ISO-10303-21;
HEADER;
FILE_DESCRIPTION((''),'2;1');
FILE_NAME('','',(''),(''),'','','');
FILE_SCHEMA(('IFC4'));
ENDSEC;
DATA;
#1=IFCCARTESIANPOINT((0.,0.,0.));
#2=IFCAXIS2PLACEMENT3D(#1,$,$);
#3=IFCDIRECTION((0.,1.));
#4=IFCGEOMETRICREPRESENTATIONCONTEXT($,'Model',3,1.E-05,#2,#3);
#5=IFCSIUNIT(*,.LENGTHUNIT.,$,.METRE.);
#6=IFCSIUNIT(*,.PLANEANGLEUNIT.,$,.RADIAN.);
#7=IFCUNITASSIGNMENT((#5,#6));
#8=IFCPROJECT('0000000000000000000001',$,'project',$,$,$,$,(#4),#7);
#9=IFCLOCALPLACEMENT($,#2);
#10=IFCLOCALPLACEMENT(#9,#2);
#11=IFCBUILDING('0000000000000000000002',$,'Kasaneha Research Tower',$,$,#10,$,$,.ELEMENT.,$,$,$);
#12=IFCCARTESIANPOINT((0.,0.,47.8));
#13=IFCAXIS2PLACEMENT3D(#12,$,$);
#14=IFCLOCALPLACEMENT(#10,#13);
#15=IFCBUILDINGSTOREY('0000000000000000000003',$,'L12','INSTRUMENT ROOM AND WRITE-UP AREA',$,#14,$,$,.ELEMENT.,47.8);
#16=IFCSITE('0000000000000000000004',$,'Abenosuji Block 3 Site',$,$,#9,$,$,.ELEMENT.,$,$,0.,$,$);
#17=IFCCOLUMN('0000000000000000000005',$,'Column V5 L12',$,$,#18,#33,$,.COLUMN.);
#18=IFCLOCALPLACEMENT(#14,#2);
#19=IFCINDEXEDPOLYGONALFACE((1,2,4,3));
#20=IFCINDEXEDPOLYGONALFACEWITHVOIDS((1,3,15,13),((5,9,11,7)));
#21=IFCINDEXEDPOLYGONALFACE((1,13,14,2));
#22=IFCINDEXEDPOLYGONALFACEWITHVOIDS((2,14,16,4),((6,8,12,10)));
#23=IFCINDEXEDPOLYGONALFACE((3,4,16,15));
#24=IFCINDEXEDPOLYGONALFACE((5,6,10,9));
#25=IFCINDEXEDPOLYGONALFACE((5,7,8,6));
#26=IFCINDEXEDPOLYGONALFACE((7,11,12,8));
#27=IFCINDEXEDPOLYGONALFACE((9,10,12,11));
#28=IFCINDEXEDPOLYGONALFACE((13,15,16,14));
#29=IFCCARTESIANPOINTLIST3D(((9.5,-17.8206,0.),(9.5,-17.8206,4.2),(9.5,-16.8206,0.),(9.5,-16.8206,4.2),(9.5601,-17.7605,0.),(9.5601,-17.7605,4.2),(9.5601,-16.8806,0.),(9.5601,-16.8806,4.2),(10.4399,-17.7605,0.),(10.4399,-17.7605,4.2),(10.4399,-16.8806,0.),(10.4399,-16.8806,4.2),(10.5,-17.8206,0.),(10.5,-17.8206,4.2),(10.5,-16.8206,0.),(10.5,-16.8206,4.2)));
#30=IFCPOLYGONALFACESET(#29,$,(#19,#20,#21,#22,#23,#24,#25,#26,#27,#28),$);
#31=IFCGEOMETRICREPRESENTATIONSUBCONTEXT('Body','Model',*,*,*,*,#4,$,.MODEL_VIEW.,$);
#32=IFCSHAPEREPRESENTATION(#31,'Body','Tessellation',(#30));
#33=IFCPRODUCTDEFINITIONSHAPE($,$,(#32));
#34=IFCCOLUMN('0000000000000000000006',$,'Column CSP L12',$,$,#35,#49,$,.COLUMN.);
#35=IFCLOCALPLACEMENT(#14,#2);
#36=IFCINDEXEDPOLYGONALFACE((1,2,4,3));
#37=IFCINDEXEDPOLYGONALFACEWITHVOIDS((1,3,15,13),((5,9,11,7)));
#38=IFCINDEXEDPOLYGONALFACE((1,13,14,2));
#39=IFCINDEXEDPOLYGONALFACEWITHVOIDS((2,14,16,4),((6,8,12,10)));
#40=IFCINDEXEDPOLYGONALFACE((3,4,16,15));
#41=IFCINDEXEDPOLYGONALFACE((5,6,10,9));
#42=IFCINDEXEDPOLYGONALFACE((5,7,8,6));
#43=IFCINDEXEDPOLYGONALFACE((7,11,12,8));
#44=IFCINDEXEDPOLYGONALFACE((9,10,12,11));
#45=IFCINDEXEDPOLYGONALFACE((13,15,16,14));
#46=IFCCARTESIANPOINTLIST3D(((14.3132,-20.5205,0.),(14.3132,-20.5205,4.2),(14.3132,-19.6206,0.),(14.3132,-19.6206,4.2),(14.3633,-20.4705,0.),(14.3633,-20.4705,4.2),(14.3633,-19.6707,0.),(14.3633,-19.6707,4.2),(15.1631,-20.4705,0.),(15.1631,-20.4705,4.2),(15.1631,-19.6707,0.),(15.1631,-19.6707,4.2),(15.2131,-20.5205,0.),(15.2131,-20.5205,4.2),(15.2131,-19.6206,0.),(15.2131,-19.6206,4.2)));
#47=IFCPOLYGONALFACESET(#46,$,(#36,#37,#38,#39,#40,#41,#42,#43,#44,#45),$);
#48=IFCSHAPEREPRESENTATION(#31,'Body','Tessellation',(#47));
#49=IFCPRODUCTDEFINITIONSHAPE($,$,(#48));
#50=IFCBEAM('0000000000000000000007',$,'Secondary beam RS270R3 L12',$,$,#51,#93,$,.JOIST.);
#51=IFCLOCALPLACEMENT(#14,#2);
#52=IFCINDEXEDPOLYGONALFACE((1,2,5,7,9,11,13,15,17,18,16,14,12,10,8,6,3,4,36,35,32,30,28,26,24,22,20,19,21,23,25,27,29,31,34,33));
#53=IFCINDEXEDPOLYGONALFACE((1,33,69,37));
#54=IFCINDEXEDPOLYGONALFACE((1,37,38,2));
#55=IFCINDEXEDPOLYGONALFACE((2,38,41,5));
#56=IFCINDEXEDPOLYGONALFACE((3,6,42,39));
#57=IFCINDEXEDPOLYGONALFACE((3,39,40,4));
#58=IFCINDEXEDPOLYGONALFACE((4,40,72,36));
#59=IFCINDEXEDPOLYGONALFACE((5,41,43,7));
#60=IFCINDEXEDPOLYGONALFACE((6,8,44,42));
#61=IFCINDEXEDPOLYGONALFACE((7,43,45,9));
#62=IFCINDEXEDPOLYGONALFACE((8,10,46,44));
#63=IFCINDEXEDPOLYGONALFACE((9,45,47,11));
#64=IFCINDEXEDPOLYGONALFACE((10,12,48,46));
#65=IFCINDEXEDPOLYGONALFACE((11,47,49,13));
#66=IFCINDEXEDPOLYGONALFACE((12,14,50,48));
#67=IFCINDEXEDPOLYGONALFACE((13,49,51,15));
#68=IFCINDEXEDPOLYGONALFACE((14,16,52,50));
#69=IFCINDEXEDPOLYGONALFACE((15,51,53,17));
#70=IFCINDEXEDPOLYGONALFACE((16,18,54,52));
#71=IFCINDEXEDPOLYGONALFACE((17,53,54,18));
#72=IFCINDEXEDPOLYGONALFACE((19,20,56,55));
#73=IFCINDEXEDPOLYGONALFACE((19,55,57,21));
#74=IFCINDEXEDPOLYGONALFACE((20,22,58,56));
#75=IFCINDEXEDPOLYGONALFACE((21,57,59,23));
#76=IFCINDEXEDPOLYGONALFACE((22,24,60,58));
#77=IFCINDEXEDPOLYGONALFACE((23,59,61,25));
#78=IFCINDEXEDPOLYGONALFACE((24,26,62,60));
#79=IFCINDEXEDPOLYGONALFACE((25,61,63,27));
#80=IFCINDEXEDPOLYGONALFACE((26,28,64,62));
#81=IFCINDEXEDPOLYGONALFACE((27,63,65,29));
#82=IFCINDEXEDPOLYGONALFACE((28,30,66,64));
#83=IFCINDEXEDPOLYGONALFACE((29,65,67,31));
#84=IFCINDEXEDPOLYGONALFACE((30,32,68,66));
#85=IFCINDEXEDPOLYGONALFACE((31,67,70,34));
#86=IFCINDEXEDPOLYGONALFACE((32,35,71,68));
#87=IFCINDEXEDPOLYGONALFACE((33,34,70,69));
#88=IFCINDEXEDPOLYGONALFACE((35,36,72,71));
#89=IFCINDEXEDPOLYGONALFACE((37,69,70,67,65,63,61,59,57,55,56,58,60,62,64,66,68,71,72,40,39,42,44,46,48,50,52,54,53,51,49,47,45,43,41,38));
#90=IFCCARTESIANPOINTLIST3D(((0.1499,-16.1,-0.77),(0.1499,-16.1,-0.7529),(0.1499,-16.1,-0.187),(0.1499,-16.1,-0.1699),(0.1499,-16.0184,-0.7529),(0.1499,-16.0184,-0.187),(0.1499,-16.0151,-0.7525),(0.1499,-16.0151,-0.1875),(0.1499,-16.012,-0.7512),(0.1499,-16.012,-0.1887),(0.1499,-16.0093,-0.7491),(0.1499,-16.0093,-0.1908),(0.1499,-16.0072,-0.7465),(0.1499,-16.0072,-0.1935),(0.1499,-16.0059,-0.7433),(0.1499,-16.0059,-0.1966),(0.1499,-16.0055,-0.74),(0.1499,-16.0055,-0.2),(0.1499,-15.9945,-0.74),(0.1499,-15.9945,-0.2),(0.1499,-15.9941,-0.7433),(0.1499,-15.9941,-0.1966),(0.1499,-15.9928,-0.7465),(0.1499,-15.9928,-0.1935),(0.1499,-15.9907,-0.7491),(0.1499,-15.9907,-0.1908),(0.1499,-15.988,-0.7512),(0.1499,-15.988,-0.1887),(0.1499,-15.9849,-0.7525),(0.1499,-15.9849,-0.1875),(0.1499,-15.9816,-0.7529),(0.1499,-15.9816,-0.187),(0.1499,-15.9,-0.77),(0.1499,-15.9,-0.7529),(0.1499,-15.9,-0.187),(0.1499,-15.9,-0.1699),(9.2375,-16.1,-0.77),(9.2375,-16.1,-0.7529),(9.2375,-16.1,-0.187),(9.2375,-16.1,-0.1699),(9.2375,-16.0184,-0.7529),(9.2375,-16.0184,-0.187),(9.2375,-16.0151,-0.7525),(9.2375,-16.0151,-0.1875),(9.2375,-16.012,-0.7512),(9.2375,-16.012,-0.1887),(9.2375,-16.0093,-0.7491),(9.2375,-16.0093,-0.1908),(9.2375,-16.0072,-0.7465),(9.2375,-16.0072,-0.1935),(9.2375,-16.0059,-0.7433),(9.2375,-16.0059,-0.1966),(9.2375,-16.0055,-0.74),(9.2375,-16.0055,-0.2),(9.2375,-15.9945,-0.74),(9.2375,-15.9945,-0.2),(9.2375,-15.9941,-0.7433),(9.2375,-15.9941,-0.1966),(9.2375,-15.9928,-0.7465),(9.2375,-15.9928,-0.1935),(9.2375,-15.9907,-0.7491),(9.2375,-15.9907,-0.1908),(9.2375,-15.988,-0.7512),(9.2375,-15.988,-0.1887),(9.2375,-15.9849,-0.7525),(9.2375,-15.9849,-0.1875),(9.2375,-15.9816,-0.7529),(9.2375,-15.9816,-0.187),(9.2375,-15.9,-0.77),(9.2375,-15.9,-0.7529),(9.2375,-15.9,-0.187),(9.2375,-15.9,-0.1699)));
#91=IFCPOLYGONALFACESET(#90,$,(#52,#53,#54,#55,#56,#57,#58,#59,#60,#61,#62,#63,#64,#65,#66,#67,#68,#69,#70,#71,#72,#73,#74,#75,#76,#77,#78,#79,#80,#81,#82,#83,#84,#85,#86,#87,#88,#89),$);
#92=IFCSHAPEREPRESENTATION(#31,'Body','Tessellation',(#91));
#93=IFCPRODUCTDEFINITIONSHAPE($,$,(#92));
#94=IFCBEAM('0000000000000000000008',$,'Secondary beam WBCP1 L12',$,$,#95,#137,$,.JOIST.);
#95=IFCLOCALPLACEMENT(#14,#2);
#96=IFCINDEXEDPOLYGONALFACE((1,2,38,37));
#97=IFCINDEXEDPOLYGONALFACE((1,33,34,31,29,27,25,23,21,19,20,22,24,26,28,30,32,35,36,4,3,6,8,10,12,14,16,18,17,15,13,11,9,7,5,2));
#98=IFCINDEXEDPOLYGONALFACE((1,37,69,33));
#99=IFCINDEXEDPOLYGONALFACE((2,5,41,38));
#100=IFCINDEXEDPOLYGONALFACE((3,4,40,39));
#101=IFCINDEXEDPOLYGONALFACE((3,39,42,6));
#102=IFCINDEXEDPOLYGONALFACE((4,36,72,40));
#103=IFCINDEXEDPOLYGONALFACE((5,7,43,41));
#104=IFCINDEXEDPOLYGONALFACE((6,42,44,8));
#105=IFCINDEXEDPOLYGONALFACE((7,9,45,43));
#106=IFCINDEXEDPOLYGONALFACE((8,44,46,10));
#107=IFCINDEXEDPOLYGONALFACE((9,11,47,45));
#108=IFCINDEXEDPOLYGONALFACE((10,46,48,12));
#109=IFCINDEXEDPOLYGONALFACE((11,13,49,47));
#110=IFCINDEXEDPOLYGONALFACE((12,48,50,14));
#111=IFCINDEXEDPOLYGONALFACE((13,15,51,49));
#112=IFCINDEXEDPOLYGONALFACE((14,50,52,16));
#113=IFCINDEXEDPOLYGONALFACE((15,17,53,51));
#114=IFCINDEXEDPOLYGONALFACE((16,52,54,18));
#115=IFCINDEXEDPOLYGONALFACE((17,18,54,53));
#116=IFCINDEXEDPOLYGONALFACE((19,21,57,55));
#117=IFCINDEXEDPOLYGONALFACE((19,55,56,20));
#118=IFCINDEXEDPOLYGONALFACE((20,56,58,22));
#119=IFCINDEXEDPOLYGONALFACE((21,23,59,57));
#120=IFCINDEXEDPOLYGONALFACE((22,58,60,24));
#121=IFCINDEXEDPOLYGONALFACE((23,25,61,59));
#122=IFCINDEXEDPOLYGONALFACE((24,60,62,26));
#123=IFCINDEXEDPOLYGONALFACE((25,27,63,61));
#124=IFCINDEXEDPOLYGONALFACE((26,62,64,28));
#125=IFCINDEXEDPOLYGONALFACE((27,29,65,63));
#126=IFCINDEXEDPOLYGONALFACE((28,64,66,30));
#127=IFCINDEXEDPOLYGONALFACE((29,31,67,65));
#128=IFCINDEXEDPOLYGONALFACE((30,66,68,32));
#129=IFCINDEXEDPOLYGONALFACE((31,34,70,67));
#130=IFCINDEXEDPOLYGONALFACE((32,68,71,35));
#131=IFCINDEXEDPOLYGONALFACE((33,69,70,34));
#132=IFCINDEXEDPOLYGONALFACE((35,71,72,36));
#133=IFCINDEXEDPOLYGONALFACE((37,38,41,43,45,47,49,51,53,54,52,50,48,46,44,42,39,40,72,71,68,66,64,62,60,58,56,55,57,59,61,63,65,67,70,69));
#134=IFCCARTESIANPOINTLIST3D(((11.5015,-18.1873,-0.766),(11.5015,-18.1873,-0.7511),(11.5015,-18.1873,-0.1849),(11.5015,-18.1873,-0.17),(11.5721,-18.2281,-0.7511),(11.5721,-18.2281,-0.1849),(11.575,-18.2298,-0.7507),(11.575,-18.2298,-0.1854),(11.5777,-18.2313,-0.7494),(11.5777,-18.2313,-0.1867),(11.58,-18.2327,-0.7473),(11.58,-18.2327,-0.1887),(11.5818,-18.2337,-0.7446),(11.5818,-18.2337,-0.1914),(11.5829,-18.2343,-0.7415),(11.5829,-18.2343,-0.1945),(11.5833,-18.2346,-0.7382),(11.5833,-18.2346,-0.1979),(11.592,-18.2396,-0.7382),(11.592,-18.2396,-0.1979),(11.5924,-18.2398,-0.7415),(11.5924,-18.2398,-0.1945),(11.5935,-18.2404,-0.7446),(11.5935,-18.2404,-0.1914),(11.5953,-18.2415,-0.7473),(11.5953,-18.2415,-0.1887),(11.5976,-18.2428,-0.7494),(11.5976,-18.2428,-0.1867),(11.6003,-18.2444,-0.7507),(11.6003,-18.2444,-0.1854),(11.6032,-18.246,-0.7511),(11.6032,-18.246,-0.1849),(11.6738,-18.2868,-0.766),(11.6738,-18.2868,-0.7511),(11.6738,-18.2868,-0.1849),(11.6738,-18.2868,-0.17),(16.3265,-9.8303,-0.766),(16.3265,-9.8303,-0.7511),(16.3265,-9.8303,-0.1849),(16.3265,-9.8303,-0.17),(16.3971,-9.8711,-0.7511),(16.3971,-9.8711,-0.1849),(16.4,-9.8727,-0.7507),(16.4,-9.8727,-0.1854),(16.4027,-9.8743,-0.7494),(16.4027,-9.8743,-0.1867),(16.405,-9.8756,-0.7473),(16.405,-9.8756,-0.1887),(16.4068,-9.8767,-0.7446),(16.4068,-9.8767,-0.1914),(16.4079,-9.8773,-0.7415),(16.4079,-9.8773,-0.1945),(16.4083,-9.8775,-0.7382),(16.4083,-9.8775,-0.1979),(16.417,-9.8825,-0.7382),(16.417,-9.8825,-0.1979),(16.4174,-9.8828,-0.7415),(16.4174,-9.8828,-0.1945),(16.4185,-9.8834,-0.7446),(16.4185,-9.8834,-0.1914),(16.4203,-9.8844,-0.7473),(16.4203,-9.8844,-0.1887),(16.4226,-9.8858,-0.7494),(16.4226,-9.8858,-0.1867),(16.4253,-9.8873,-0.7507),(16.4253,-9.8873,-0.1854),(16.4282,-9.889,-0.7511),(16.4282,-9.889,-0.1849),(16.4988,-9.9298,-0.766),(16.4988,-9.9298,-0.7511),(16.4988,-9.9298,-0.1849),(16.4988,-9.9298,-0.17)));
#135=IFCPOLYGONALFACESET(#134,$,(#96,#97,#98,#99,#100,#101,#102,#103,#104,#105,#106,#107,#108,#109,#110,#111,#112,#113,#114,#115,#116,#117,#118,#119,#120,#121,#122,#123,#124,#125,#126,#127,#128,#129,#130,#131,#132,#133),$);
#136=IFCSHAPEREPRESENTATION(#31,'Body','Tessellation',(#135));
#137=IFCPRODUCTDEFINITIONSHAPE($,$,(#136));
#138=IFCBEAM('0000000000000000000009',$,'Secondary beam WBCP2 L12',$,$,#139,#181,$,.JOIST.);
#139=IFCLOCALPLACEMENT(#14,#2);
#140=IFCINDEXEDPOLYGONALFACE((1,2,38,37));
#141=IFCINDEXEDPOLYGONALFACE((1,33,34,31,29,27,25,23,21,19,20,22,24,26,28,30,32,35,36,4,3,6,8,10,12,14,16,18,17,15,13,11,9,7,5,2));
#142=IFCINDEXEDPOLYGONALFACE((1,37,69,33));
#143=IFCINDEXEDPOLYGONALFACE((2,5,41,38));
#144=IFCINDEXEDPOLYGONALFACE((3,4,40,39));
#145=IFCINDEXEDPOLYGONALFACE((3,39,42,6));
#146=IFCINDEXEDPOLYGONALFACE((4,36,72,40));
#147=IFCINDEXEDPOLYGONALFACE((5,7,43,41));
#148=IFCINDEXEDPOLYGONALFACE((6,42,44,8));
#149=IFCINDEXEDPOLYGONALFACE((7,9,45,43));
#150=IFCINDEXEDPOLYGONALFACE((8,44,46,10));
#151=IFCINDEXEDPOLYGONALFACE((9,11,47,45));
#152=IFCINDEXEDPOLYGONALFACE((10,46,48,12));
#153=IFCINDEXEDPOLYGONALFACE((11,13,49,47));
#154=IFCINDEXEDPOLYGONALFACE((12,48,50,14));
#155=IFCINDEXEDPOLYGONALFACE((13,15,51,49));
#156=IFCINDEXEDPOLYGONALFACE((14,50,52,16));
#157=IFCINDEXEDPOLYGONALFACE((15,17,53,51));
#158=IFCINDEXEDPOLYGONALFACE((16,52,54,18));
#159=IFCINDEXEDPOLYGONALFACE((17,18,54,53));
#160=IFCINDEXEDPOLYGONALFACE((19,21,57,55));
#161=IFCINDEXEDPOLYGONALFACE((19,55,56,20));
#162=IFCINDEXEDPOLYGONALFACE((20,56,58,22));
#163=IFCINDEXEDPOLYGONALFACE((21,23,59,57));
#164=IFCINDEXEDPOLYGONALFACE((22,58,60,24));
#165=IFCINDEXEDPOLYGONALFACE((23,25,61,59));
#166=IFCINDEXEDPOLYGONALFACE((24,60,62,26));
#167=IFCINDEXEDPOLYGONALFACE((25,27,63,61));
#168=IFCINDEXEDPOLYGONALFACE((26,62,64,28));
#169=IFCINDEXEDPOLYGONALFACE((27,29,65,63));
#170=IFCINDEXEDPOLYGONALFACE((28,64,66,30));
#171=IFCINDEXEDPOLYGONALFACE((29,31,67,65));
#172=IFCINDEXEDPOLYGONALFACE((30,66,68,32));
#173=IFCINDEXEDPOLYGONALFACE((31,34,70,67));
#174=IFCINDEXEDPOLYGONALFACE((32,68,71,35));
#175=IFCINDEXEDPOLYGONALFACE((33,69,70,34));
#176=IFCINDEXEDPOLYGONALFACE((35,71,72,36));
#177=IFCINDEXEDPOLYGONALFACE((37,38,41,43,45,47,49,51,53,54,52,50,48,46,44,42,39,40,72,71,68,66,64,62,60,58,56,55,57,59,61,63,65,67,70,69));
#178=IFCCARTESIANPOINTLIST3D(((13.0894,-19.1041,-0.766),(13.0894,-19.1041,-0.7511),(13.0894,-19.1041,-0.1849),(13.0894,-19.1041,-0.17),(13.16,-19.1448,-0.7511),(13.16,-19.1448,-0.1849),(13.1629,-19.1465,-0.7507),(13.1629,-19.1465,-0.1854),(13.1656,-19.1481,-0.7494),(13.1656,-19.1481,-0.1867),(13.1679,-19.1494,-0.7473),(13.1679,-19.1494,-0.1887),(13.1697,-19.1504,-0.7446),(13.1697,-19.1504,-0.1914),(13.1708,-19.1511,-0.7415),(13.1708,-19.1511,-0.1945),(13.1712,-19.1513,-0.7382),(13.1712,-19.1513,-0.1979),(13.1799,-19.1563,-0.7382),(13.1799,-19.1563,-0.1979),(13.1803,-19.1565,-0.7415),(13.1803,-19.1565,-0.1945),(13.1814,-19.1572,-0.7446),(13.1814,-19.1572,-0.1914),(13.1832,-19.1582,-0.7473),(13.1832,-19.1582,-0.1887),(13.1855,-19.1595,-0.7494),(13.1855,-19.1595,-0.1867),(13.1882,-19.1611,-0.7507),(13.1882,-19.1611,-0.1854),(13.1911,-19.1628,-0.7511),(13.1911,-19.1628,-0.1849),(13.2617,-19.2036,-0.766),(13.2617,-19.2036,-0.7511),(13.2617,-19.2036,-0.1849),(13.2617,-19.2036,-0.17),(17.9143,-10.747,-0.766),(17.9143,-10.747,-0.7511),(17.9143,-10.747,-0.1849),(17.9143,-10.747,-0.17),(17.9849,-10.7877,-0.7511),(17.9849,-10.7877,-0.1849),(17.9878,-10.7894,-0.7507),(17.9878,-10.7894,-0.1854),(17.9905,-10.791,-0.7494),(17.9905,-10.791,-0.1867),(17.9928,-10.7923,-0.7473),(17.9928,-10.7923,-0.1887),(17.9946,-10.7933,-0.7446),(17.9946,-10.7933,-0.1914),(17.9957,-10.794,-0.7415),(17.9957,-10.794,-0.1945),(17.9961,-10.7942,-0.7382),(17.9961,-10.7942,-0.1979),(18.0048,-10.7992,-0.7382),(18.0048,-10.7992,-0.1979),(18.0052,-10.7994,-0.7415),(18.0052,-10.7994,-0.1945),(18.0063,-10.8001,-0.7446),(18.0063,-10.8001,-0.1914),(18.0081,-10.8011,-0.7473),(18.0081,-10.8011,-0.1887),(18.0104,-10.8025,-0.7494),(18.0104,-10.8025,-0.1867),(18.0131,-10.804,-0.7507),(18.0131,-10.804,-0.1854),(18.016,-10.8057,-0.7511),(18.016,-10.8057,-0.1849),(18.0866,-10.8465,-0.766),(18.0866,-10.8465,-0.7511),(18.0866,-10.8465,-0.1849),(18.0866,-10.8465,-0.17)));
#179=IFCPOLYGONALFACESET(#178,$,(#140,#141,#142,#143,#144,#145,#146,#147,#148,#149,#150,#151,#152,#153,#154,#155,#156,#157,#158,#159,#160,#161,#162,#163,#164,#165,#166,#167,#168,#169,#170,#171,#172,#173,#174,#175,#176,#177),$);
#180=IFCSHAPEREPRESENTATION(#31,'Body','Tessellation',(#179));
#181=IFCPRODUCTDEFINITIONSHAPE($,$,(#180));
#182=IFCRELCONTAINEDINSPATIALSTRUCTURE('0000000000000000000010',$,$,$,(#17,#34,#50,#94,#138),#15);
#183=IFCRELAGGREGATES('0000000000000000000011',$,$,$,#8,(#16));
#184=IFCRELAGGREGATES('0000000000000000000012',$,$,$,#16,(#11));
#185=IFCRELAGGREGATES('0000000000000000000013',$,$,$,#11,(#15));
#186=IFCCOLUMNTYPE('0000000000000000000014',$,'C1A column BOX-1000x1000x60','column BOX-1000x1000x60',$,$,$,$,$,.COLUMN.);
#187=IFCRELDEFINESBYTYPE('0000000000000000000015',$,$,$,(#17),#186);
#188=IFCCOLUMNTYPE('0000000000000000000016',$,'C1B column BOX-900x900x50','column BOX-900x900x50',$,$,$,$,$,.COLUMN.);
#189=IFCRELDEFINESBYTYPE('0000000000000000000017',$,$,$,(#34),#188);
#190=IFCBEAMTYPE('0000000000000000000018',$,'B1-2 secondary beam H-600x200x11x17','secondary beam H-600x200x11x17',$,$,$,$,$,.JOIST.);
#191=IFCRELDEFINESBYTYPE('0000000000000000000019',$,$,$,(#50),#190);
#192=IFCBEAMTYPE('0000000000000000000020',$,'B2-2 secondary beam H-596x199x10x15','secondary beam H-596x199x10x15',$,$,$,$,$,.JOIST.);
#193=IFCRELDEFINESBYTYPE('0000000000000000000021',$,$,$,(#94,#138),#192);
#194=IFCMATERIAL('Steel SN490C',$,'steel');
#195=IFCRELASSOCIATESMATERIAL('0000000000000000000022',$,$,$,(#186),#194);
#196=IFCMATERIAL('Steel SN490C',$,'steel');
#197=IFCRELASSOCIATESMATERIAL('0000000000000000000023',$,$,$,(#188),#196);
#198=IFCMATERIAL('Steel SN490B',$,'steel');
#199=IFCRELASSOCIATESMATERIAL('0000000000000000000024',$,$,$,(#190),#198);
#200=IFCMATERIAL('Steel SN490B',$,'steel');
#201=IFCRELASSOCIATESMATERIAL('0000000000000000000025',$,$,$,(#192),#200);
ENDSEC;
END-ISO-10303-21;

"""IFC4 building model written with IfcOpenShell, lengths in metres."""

from ifc_helpers import new_model, si_unit, direction, frame, origin, origin_2d, place, context, subcontext, project, spatial, hollow_rectangle, i_section, extrude, material, material_profile, profile_set, type_object, element, save


model = new_model("IFC4")

# Units and contexts
model_context = context("Model", 3, precision=1e-05, world=origin(), true_north=direction((0.0, 1.0)))
body_context = subcontext(model_context, "Body", "Model", "MODEL_VIEW")
ifc_project = project(units=[si_unit("LENGTHUNIT", "METRE"), si_unit("PLANEANGLEUNIT", "RADIAN")], contexts=[model_context])

# Site, building, storey
site_placement = place(None, origin())
site = spatial("IfcSite", under=ifc_project, at=site_placement, Name="Abenosuji Block 3 Site", CompositionType="ELEMENT", RefElevation=0.0)
building_placement = place(site_placement, origin())
building = spatial("IfcBuilding", under=site, at=building_placement, Name="Kasaneha Research Tower", CompositionType="ELEMENT")
storey_placement = place(building_placement, frame((0.0, 0.0, 47.8)))
storey = spatial("IfcBuildingStorey", under=building, at=storey_placement, Name="L12", Description="INSTRUMENT ROOM AND WRITE-UP AREA", CompositionType="ELEMENT", Elevation=47.8)

# Columns
ifc_material_1 = material(Name="Steel SN490C", Category="steel")
ifc_material_profile_1 = material_profile(ifc_material_1, hollow_rectangle(XDim=1.0, YDim=1.0, WallThickness=0.0601, at=origin_2d()), Name="BOX-1000x1000x60")
ifc_profile_set_1 = profile_set([ifc_material_profile_1], Name="Steel SN490C")
column_type_1 = type_object("IfcColumnType", Name="C1A column BOX-1000x1000x60", Description="column BOX-1000x1000x60", PredefinedType="COLUMN", material=ifc_profile_set_1)
column_1_placement = place(storey_placement, frame((10.0, -17.3206, 0.0), z_axis=(0.0, 0.0, 1.0), x_axis=(1.0, 0.0, 0.0)))
element("IfcColumn", 1, at=column_1_placement, inside=storey, type_object=column_type_1, Name="Column V5 L12", PredefinedType="COLUMN", context=body_context, shape_type="SweptSolid", body=[
    extrude(hollow_rectangle(XDim=1.0, YDim=1.0, WallThickness=0.0601, at=origin_2d()), origin(), (0.0, 0.0, 1.0), 4.2),
])
ifc_material_2 = material(Name="Steel SN490C", Category="steel")
ifc_material_profile_2 = material_profile(ifc_material_2, hollow_rectangle(XDim=0.8999, YDim=0.8999, WallThickness=0.05, at=origin_2d()), Name="BOX-900x900x50")
ifc_profile_set_2 = profile_set([ifc_material_profile_2], Name="Steel SN490C")
column_type_2 = type_object("IfcColumnType", Name="C1B column BOX-900x900x50", Description="column BOX-900x900x50", PredefinedType="COLUMN", material=ifc_profile_set_2)
column_2_placement = place(storey_placement, frame((14.7632, -20.0706, 0.0), z_axis=(0.0, 0.0, 1.0), x_axis=(1.0, 0.0, 0.0)))
element("IfcColumn", 2, at=column_2_placement, inside=storey, type_object=column_type_2, Name="Column CSP L12", PredefinedType="COLUMN", context=body_context, shape_type="SweptSolid", body=[
    extrude(hollow_rectangle(XDim=0.8999, YDim=0.8999, WallThickness=0.05, at=origin_2d()), origin(), (0.0, 0.0, 1.0), 4.2),
])

# Beams
ifc_material_3 = material(Name="Steel SN490B", Category="steel")
ifc_material_profile_3 = material_profile(ifc_material_3, i_section(OverallWidth=0.2, OverallDepth=0.6001, WebThickness=0.011, FlangeThickness=0.0171, FilletRadius=0.0129, at=origin_2d()), Name="H-600x200x11x17")
ifc_profile_set_3 = profile_set([ifc_material_profile_3], Name="Steel SN490B")
beam_type_1 = type_object("IfcBeamType", Name="B1-2 secondary beam H-600x200x11x17", Description="secondary beam H-600x200x11x17", PredefinedType="JOIST", material=ifc_profile_set_3)
beam_1_placement = place(storey_placement, frame((9.2375, -16.0, -0.47), z_axis=(-1.0, 0.0, 0.0), x_axis=(0.0, -1.0, 0.0)))
element("IfcBeam", 3, at=beam_1_placement, inside=storey, type_object=beam_type_1, Name="Secondary beam RS270R3 L12", PredefinedType="JOIST", context=body_context, shape_type="SweptSolid", body=[
    extrude(i_section(OverallWidth=0.2, OverallDepth=0.6001, WebThickness=0.011, FlangeThickness=0.0171, FilletRadius=0.0129, at=origin_2d()), origin(), (0.0, 0.0, 1.0), 9.0876),
])
ifc_material_4 = material(Name="Steel SN490B", Category="steel")
ifc_material_profile_4 = material_profile(ifc_material_4, i_section(OverallWidth=0.199, OverallDepth=0.5959, WebThickness=0.01, FlangeThickness=0.0149, FilletRadius=0.0129, at=origin_2d()), Name="H-596x199x10x15")
ifc_profile_set_4 = profile_set([ifc_material_profile_4], Name="Steel SN490B")
beam_type_2 = type_object("IfcBeamType", Name="B2-2 secondary beam H-596x199x10x15", Description="secondary beam H-596x199x10x15", PredefinedType="JOIST", material=ifc_profile_set_4)
for number, where, z_axis, x_axis, name in (
    (4, (11.5876, -18.2371, -0.468), (0.500006, 0.866022, 0.0), (-0.866022, 0.500006, 0.0), "Secondary beam WBCP1 L12"),
    (5, (13.1755, -19.1538, -0.468), (0.499995, 0.866028, 0.0), (-0.866028, 0.499995, 0.0), "Secondary beam WBCP2 L12"),
):
    element("IfcBeam", number, at=place(storey_placement, frame(where, z_axis=z_axis, x_axis=x_axis)), inside=storey, type_object=beam_type_2, Name=name, PredefinedType="JOIST", context=body_context, shape_type="SweptSolid", body=[
        extrude(i_section(OverallWidth=0.199, OverallDepth=0.5959, WebThickness=0.01, FlangeThickness=0.0149, FilletRadius=0.0129, at=origin_2d()), origin(), (0.0, 0.0, 1.0), 9.6499),
    ])

save(model, "model.ifc")
